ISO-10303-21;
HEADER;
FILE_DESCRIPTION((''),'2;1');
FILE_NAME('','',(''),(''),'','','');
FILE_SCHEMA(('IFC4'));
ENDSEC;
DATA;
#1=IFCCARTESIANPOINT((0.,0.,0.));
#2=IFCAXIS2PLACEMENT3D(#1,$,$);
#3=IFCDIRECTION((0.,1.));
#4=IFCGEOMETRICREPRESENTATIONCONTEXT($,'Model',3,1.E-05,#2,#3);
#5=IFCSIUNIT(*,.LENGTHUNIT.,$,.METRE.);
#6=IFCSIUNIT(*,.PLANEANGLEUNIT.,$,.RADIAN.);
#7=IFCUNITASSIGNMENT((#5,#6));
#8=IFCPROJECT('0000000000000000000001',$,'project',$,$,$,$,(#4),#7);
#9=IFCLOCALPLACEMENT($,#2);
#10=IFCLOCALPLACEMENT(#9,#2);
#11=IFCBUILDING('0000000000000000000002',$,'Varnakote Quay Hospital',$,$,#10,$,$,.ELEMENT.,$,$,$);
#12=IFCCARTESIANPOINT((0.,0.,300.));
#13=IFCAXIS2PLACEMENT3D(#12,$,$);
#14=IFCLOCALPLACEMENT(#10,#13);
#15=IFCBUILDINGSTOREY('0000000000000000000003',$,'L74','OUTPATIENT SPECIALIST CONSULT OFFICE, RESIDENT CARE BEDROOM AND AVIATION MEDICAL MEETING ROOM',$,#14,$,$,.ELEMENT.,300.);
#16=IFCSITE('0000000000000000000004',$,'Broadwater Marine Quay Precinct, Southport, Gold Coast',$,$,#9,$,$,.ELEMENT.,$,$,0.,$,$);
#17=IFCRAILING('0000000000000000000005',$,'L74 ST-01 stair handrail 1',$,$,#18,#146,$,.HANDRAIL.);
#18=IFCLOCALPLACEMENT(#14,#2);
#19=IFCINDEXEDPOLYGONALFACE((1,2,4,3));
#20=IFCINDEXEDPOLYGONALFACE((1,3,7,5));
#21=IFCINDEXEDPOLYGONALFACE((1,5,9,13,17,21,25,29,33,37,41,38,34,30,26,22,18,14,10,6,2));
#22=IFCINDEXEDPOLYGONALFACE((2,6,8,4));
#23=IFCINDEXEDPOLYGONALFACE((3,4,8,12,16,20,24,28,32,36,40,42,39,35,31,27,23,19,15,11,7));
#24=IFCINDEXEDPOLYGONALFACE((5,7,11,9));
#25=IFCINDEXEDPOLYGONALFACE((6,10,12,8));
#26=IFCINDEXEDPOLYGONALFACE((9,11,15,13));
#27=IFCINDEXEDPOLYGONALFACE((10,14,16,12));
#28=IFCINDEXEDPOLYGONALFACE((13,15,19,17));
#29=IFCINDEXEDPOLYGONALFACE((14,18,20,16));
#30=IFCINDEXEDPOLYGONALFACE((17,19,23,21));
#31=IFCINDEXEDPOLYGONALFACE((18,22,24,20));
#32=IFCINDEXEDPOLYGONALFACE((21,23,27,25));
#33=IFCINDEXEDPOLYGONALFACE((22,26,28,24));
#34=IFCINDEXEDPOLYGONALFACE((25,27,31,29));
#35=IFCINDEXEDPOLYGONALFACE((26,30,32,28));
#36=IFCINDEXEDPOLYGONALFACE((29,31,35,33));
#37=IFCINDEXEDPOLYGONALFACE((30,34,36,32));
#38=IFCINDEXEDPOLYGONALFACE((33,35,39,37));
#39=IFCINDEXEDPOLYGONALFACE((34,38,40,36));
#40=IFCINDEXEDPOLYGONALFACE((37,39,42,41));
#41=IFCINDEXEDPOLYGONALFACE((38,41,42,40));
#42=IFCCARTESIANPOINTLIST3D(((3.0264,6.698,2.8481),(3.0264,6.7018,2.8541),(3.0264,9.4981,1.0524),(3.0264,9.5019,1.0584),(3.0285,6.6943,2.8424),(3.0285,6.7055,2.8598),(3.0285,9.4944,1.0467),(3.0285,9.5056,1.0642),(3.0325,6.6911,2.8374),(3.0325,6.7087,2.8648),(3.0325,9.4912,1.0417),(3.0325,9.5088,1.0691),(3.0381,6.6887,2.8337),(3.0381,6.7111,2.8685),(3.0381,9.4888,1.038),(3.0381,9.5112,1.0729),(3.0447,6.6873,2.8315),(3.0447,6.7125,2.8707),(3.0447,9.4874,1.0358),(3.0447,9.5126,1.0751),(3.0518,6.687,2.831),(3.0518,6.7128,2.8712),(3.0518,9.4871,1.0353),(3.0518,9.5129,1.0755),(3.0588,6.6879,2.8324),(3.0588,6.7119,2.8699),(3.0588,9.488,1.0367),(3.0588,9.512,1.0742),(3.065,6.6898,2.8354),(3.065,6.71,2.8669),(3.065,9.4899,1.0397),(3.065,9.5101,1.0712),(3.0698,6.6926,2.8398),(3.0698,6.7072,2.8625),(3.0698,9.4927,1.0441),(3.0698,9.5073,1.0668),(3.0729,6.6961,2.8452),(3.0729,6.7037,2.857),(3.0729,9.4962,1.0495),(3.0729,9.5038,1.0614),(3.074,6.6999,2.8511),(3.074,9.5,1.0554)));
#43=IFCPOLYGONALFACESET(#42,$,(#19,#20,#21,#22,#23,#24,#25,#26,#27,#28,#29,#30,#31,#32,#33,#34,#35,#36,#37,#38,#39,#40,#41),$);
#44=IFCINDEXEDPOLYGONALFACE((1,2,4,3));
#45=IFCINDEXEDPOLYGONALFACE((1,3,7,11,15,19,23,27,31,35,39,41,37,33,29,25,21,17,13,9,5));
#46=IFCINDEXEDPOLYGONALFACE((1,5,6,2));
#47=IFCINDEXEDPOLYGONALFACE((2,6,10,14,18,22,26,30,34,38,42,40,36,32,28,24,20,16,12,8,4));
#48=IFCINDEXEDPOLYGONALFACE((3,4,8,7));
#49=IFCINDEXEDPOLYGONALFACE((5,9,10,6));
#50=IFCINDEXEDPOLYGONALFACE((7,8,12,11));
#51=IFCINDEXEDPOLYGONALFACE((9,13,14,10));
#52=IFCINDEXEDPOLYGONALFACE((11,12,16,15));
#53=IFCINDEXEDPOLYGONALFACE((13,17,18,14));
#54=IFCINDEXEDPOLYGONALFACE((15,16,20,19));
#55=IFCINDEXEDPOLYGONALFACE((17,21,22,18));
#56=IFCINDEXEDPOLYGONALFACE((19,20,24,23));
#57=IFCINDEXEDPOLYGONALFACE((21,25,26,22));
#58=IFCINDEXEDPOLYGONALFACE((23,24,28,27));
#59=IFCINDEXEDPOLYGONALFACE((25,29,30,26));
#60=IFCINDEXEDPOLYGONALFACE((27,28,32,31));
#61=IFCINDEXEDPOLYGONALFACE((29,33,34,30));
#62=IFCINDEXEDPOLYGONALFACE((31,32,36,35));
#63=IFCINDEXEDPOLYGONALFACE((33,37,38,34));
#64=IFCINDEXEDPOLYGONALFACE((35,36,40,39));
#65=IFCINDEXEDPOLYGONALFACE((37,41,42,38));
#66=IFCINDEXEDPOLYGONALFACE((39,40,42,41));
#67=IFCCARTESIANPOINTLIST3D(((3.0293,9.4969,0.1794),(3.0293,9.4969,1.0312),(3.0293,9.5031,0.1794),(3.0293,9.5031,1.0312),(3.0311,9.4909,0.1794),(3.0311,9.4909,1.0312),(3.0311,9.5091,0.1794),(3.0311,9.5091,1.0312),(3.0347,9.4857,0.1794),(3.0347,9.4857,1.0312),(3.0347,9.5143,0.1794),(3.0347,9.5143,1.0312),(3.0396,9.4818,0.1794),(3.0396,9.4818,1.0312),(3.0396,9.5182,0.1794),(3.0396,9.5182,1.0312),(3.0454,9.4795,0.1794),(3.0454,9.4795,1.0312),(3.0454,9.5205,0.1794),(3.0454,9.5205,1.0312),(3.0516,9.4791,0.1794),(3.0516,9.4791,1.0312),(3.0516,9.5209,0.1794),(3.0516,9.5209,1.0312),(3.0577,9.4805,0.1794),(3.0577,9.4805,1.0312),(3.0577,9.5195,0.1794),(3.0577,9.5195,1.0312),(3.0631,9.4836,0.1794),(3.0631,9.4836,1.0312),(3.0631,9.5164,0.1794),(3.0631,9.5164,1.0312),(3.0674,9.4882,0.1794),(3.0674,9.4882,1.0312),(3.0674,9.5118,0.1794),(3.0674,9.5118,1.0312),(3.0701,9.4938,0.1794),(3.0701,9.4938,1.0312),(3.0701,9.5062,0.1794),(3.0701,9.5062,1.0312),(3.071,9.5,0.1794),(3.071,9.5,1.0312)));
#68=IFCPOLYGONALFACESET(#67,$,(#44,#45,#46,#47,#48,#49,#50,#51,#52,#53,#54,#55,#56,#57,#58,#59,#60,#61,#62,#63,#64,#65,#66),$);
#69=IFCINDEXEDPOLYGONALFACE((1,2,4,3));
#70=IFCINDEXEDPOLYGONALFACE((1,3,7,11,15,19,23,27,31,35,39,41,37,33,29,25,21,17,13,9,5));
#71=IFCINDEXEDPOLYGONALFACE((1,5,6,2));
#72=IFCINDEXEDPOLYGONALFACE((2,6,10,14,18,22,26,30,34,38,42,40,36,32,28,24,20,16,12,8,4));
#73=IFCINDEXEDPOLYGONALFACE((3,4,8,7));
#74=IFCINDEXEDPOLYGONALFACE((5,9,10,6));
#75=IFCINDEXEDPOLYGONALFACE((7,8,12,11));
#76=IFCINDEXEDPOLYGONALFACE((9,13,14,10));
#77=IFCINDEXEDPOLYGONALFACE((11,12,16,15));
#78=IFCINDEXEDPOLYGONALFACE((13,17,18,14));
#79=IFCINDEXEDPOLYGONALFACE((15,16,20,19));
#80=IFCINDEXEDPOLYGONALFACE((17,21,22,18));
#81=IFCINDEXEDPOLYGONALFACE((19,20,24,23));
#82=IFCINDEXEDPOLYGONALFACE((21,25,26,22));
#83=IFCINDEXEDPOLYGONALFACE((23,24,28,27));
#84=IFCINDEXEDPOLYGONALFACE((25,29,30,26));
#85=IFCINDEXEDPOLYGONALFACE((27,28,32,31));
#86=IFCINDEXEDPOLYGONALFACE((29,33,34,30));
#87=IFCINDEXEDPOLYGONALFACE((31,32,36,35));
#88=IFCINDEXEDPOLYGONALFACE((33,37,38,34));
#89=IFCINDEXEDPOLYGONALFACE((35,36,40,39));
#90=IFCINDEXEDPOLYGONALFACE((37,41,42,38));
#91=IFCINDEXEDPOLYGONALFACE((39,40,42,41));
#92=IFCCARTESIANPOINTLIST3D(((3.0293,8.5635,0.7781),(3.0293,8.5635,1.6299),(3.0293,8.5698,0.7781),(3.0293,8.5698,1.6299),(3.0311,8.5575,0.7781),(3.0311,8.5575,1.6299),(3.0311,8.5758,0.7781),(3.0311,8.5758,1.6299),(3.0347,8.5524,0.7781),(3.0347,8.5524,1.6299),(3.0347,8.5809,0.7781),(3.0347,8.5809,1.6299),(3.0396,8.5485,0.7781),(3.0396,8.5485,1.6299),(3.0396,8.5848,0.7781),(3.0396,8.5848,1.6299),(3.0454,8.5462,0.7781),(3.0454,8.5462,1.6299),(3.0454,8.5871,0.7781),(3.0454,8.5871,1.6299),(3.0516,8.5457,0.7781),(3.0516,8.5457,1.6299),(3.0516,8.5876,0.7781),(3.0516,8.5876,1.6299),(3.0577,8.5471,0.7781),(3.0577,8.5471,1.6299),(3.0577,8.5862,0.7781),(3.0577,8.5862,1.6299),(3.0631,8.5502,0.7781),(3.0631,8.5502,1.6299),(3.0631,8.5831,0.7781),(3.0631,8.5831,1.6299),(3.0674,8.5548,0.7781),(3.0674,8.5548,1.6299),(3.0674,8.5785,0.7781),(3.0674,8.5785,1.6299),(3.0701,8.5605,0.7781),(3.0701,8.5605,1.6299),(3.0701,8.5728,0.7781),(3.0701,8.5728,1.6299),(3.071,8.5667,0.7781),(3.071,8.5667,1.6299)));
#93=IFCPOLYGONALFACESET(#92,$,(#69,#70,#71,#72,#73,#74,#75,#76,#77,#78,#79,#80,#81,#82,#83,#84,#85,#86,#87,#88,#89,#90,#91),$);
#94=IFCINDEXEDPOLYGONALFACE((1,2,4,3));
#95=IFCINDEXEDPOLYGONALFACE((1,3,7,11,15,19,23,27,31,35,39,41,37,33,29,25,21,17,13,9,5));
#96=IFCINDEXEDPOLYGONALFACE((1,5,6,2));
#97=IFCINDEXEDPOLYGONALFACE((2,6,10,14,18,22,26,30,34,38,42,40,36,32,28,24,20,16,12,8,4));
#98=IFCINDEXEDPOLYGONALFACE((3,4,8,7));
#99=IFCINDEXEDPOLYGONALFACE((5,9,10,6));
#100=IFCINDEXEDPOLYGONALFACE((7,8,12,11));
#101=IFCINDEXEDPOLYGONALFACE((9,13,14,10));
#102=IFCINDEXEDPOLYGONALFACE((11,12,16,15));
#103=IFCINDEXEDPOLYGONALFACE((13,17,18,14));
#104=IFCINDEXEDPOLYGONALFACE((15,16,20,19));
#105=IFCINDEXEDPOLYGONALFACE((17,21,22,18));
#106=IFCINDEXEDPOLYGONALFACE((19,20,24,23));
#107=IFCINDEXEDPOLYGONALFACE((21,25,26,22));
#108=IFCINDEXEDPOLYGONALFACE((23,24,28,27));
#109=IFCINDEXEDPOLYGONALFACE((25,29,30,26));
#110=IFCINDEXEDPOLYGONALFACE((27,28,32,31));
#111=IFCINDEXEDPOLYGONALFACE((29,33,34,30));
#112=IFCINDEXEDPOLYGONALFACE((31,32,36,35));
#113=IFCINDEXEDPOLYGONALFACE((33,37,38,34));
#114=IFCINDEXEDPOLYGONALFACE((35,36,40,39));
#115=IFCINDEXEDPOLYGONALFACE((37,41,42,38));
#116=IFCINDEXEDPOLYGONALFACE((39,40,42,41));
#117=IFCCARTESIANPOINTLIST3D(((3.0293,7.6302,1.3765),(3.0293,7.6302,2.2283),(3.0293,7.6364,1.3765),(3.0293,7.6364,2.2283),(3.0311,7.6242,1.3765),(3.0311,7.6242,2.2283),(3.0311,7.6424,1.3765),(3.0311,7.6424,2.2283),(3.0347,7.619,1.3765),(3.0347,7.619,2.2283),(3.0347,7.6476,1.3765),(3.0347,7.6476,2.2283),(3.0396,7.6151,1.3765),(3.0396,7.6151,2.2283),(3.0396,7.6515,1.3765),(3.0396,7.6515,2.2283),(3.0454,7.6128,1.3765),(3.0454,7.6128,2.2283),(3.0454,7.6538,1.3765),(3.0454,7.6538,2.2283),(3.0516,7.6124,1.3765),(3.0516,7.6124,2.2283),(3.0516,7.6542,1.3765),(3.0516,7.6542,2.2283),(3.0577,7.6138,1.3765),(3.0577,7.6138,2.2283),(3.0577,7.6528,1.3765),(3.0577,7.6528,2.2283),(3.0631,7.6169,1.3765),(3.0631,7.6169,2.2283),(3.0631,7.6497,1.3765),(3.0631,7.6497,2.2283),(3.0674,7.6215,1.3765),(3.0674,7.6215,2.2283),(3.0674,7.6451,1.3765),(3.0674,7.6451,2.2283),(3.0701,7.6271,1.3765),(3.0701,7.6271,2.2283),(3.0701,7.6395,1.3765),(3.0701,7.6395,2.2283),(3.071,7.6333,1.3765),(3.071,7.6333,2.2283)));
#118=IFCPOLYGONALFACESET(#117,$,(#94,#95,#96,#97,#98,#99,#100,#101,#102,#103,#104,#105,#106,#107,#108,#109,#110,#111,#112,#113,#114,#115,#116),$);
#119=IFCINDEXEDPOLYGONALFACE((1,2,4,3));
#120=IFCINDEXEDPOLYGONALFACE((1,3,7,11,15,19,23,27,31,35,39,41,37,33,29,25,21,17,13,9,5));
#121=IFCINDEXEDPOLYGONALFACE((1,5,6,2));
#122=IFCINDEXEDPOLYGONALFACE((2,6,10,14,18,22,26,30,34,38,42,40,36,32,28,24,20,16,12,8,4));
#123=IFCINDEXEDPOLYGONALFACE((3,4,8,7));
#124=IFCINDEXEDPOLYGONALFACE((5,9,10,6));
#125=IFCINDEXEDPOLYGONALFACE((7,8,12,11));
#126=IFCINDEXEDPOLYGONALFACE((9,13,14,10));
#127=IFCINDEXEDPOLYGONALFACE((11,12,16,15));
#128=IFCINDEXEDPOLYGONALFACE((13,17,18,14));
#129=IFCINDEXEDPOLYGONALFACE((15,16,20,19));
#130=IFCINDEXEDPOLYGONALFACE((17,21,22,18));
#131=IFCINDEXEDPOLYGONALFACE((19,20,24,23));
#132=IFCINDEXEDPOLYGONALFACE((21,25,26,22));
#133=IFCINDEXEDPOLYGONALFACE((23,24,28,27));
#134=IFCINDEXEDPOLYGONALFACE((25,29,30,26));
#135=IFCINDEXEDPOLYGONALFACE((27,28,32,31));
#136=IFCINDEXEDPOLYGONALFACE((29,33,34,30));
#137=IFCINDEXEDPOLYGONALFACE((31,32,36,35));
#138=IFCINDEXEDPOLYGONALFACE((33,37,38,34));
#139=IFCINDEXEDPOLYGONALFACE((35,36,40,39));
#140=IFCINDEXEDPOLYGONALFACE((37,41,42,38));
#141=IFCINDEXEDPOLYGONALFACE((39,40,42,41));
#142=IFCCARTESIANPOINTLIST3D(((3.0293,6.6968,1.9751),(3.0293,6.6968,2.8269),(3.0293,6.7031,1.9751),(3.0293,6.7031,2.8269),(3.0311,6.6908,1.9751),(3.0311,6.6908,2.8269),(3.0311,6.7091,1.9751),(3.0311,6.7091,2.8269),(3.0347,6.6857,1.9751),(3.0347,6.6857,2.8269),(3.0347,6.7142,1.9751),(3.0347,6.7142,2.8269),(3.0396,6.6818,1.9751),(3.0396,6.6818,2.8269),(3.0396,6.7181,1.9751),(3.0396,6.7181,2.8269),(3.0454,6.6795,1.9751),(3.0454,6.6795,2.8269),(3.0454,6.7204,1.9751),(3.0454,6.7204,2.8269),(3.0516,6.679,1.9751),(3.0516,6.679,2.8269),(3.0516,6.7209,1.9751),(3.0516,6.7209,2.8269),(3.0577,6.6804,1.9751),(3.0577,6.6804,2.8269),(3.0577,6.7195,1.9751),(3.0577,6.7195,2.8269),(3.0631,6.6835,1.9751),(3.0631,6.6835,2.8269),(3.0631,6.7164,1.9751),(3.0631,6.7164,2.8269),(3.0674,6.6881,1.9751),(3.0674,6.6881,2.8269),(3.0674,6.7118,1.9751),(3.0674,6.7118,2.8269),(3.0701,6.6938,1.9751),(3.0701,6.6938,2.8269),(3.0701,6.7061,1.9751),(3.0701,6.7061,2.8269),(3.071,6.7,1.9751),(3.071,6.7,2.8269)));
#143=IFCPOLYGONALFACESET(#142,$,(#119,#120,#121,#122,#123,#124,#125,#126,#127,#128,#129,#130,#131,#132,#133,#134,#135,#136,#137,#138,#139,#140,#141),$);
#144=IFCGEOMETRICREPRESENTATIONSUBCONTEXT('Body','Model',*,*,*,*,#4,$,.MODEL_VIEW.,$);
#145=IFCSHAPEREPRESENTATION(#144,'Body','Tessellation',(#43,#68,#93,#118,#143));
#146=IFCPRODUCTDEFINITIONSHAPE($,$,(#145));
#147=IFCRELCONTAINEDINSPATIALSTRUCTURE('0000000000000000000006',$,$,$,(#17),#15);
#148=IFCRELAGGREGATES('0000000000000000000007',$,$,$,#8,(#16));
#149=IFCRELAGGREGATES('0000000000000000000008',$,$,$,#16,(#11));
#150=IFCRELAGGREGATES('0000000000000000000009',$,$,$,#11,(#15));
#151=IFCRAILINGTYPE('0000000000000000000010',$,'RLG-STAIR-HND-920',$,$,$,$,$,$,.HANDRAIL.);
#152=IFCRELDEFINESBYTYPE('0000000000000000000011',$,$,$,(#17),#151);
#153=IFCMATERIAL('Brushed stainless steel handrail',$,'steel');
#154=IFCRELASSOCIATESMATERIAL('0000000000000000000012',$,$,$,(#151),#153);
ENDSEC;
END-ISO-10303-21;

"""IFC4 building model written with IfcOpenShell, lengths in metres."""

from ifc_helpers import new_model, si_unit, direction, frame, origin, origin_2d, place, context, subcontext, project, spatial, circle, extrude, material, type_object, element, save


model = new_model("IFC4")

# Units and contexts
model_context = context("Model", 3, precision=1e-05, world=origin(), true_north=direction((0.0, 1.0)))
body_context = subcontext(model_context, "Body", "Model", "MODEL_VIEW")
ifc_project = project(units=[si_unit("LENGTHUNIT", "METRE"), si_unit("PLANEANGLEUNIT", "RADIAN")], contexts=[model_context])

# Site, building, storey
site_placement = place(None, origin())
site = spatial("IfcSite", under=ifc_project, at=site_placement, Name="Broadwater Marine Quay Precinct, Southport, Gold Coast", CompositionType="ELEMENT", RefElevation=0.0)
building_placement = place(site_placement, origin())
building = spatial("IfcBuilding", under=site, at=building_placement, Name="Varnakote Quay Hospital", CompositionType="ELEMENT")
storey_placement = place(building_placement, frame((0.0, 0.0, 300.0)))
storey = spatial("IfcBuildingStorey", under=building, at=storey_placement, Name="L74", Description="OUTPATIENT SPECIALIST CONSULT OFFICE, RESIDENT CARE BEDROOM AND AVIATION MEDICAL MEETING ROOM", CompositionType="ELEMENT", Elevation=300.0)

# Railing
ifc_material_1 = material(Name="Brushed stainless steel handrail", Category="steel")
railing_type_1 = type_object("IfcRailingType", Name="RLG-STAIR-HND-920", PredefinedType="HANDRAIL", material=ifc_material_1)
railing_1_placement = place(storey_placement, frame((3.05, 9.5, 0.1794)))
element("IfcRailing", 1, at=railing_1_placement, inside=storey, type_object=railing_type_1, Name="L74 ST-01 stair handrail 1", PredefinedType="HANDRAIL", context=body_context, shape_type="SweptSolid", body=[
    extrude(circle(Radius=0.0239, at=origin_2d()), frame((0.0, 0.0, 0.876), z_axis=(0.0, -0.841777, 0.539826), x_axis=(1.0, 0.0, 0.0)), (0.0, 0.0, 1.0), 3.3264),
    extrude(circle(Radius=0.021, at=origin_2d()), origin(), (0.0, 0.0, 1.0), 0.8518),
    extrude(circle(Radius=0.021, at=origin_2d()), frame((0.0, -0.9333, 0.5986)), (0.0, 0.0, 1.0), 0.8518),
    extrude(circle(Radius=0.021, at=origin_2d()), frame((0.0, -1.8667, 1.197)), (0.0, 0.0, 1.0), 0.8518),
    extrude(circle(Radius=0.021, at=origin_2d()), frame((0.0, -2.8, 1.7957)), (0.0, 0.0, 1.0), 0.8518),
])

save(model, "model.ifc")
